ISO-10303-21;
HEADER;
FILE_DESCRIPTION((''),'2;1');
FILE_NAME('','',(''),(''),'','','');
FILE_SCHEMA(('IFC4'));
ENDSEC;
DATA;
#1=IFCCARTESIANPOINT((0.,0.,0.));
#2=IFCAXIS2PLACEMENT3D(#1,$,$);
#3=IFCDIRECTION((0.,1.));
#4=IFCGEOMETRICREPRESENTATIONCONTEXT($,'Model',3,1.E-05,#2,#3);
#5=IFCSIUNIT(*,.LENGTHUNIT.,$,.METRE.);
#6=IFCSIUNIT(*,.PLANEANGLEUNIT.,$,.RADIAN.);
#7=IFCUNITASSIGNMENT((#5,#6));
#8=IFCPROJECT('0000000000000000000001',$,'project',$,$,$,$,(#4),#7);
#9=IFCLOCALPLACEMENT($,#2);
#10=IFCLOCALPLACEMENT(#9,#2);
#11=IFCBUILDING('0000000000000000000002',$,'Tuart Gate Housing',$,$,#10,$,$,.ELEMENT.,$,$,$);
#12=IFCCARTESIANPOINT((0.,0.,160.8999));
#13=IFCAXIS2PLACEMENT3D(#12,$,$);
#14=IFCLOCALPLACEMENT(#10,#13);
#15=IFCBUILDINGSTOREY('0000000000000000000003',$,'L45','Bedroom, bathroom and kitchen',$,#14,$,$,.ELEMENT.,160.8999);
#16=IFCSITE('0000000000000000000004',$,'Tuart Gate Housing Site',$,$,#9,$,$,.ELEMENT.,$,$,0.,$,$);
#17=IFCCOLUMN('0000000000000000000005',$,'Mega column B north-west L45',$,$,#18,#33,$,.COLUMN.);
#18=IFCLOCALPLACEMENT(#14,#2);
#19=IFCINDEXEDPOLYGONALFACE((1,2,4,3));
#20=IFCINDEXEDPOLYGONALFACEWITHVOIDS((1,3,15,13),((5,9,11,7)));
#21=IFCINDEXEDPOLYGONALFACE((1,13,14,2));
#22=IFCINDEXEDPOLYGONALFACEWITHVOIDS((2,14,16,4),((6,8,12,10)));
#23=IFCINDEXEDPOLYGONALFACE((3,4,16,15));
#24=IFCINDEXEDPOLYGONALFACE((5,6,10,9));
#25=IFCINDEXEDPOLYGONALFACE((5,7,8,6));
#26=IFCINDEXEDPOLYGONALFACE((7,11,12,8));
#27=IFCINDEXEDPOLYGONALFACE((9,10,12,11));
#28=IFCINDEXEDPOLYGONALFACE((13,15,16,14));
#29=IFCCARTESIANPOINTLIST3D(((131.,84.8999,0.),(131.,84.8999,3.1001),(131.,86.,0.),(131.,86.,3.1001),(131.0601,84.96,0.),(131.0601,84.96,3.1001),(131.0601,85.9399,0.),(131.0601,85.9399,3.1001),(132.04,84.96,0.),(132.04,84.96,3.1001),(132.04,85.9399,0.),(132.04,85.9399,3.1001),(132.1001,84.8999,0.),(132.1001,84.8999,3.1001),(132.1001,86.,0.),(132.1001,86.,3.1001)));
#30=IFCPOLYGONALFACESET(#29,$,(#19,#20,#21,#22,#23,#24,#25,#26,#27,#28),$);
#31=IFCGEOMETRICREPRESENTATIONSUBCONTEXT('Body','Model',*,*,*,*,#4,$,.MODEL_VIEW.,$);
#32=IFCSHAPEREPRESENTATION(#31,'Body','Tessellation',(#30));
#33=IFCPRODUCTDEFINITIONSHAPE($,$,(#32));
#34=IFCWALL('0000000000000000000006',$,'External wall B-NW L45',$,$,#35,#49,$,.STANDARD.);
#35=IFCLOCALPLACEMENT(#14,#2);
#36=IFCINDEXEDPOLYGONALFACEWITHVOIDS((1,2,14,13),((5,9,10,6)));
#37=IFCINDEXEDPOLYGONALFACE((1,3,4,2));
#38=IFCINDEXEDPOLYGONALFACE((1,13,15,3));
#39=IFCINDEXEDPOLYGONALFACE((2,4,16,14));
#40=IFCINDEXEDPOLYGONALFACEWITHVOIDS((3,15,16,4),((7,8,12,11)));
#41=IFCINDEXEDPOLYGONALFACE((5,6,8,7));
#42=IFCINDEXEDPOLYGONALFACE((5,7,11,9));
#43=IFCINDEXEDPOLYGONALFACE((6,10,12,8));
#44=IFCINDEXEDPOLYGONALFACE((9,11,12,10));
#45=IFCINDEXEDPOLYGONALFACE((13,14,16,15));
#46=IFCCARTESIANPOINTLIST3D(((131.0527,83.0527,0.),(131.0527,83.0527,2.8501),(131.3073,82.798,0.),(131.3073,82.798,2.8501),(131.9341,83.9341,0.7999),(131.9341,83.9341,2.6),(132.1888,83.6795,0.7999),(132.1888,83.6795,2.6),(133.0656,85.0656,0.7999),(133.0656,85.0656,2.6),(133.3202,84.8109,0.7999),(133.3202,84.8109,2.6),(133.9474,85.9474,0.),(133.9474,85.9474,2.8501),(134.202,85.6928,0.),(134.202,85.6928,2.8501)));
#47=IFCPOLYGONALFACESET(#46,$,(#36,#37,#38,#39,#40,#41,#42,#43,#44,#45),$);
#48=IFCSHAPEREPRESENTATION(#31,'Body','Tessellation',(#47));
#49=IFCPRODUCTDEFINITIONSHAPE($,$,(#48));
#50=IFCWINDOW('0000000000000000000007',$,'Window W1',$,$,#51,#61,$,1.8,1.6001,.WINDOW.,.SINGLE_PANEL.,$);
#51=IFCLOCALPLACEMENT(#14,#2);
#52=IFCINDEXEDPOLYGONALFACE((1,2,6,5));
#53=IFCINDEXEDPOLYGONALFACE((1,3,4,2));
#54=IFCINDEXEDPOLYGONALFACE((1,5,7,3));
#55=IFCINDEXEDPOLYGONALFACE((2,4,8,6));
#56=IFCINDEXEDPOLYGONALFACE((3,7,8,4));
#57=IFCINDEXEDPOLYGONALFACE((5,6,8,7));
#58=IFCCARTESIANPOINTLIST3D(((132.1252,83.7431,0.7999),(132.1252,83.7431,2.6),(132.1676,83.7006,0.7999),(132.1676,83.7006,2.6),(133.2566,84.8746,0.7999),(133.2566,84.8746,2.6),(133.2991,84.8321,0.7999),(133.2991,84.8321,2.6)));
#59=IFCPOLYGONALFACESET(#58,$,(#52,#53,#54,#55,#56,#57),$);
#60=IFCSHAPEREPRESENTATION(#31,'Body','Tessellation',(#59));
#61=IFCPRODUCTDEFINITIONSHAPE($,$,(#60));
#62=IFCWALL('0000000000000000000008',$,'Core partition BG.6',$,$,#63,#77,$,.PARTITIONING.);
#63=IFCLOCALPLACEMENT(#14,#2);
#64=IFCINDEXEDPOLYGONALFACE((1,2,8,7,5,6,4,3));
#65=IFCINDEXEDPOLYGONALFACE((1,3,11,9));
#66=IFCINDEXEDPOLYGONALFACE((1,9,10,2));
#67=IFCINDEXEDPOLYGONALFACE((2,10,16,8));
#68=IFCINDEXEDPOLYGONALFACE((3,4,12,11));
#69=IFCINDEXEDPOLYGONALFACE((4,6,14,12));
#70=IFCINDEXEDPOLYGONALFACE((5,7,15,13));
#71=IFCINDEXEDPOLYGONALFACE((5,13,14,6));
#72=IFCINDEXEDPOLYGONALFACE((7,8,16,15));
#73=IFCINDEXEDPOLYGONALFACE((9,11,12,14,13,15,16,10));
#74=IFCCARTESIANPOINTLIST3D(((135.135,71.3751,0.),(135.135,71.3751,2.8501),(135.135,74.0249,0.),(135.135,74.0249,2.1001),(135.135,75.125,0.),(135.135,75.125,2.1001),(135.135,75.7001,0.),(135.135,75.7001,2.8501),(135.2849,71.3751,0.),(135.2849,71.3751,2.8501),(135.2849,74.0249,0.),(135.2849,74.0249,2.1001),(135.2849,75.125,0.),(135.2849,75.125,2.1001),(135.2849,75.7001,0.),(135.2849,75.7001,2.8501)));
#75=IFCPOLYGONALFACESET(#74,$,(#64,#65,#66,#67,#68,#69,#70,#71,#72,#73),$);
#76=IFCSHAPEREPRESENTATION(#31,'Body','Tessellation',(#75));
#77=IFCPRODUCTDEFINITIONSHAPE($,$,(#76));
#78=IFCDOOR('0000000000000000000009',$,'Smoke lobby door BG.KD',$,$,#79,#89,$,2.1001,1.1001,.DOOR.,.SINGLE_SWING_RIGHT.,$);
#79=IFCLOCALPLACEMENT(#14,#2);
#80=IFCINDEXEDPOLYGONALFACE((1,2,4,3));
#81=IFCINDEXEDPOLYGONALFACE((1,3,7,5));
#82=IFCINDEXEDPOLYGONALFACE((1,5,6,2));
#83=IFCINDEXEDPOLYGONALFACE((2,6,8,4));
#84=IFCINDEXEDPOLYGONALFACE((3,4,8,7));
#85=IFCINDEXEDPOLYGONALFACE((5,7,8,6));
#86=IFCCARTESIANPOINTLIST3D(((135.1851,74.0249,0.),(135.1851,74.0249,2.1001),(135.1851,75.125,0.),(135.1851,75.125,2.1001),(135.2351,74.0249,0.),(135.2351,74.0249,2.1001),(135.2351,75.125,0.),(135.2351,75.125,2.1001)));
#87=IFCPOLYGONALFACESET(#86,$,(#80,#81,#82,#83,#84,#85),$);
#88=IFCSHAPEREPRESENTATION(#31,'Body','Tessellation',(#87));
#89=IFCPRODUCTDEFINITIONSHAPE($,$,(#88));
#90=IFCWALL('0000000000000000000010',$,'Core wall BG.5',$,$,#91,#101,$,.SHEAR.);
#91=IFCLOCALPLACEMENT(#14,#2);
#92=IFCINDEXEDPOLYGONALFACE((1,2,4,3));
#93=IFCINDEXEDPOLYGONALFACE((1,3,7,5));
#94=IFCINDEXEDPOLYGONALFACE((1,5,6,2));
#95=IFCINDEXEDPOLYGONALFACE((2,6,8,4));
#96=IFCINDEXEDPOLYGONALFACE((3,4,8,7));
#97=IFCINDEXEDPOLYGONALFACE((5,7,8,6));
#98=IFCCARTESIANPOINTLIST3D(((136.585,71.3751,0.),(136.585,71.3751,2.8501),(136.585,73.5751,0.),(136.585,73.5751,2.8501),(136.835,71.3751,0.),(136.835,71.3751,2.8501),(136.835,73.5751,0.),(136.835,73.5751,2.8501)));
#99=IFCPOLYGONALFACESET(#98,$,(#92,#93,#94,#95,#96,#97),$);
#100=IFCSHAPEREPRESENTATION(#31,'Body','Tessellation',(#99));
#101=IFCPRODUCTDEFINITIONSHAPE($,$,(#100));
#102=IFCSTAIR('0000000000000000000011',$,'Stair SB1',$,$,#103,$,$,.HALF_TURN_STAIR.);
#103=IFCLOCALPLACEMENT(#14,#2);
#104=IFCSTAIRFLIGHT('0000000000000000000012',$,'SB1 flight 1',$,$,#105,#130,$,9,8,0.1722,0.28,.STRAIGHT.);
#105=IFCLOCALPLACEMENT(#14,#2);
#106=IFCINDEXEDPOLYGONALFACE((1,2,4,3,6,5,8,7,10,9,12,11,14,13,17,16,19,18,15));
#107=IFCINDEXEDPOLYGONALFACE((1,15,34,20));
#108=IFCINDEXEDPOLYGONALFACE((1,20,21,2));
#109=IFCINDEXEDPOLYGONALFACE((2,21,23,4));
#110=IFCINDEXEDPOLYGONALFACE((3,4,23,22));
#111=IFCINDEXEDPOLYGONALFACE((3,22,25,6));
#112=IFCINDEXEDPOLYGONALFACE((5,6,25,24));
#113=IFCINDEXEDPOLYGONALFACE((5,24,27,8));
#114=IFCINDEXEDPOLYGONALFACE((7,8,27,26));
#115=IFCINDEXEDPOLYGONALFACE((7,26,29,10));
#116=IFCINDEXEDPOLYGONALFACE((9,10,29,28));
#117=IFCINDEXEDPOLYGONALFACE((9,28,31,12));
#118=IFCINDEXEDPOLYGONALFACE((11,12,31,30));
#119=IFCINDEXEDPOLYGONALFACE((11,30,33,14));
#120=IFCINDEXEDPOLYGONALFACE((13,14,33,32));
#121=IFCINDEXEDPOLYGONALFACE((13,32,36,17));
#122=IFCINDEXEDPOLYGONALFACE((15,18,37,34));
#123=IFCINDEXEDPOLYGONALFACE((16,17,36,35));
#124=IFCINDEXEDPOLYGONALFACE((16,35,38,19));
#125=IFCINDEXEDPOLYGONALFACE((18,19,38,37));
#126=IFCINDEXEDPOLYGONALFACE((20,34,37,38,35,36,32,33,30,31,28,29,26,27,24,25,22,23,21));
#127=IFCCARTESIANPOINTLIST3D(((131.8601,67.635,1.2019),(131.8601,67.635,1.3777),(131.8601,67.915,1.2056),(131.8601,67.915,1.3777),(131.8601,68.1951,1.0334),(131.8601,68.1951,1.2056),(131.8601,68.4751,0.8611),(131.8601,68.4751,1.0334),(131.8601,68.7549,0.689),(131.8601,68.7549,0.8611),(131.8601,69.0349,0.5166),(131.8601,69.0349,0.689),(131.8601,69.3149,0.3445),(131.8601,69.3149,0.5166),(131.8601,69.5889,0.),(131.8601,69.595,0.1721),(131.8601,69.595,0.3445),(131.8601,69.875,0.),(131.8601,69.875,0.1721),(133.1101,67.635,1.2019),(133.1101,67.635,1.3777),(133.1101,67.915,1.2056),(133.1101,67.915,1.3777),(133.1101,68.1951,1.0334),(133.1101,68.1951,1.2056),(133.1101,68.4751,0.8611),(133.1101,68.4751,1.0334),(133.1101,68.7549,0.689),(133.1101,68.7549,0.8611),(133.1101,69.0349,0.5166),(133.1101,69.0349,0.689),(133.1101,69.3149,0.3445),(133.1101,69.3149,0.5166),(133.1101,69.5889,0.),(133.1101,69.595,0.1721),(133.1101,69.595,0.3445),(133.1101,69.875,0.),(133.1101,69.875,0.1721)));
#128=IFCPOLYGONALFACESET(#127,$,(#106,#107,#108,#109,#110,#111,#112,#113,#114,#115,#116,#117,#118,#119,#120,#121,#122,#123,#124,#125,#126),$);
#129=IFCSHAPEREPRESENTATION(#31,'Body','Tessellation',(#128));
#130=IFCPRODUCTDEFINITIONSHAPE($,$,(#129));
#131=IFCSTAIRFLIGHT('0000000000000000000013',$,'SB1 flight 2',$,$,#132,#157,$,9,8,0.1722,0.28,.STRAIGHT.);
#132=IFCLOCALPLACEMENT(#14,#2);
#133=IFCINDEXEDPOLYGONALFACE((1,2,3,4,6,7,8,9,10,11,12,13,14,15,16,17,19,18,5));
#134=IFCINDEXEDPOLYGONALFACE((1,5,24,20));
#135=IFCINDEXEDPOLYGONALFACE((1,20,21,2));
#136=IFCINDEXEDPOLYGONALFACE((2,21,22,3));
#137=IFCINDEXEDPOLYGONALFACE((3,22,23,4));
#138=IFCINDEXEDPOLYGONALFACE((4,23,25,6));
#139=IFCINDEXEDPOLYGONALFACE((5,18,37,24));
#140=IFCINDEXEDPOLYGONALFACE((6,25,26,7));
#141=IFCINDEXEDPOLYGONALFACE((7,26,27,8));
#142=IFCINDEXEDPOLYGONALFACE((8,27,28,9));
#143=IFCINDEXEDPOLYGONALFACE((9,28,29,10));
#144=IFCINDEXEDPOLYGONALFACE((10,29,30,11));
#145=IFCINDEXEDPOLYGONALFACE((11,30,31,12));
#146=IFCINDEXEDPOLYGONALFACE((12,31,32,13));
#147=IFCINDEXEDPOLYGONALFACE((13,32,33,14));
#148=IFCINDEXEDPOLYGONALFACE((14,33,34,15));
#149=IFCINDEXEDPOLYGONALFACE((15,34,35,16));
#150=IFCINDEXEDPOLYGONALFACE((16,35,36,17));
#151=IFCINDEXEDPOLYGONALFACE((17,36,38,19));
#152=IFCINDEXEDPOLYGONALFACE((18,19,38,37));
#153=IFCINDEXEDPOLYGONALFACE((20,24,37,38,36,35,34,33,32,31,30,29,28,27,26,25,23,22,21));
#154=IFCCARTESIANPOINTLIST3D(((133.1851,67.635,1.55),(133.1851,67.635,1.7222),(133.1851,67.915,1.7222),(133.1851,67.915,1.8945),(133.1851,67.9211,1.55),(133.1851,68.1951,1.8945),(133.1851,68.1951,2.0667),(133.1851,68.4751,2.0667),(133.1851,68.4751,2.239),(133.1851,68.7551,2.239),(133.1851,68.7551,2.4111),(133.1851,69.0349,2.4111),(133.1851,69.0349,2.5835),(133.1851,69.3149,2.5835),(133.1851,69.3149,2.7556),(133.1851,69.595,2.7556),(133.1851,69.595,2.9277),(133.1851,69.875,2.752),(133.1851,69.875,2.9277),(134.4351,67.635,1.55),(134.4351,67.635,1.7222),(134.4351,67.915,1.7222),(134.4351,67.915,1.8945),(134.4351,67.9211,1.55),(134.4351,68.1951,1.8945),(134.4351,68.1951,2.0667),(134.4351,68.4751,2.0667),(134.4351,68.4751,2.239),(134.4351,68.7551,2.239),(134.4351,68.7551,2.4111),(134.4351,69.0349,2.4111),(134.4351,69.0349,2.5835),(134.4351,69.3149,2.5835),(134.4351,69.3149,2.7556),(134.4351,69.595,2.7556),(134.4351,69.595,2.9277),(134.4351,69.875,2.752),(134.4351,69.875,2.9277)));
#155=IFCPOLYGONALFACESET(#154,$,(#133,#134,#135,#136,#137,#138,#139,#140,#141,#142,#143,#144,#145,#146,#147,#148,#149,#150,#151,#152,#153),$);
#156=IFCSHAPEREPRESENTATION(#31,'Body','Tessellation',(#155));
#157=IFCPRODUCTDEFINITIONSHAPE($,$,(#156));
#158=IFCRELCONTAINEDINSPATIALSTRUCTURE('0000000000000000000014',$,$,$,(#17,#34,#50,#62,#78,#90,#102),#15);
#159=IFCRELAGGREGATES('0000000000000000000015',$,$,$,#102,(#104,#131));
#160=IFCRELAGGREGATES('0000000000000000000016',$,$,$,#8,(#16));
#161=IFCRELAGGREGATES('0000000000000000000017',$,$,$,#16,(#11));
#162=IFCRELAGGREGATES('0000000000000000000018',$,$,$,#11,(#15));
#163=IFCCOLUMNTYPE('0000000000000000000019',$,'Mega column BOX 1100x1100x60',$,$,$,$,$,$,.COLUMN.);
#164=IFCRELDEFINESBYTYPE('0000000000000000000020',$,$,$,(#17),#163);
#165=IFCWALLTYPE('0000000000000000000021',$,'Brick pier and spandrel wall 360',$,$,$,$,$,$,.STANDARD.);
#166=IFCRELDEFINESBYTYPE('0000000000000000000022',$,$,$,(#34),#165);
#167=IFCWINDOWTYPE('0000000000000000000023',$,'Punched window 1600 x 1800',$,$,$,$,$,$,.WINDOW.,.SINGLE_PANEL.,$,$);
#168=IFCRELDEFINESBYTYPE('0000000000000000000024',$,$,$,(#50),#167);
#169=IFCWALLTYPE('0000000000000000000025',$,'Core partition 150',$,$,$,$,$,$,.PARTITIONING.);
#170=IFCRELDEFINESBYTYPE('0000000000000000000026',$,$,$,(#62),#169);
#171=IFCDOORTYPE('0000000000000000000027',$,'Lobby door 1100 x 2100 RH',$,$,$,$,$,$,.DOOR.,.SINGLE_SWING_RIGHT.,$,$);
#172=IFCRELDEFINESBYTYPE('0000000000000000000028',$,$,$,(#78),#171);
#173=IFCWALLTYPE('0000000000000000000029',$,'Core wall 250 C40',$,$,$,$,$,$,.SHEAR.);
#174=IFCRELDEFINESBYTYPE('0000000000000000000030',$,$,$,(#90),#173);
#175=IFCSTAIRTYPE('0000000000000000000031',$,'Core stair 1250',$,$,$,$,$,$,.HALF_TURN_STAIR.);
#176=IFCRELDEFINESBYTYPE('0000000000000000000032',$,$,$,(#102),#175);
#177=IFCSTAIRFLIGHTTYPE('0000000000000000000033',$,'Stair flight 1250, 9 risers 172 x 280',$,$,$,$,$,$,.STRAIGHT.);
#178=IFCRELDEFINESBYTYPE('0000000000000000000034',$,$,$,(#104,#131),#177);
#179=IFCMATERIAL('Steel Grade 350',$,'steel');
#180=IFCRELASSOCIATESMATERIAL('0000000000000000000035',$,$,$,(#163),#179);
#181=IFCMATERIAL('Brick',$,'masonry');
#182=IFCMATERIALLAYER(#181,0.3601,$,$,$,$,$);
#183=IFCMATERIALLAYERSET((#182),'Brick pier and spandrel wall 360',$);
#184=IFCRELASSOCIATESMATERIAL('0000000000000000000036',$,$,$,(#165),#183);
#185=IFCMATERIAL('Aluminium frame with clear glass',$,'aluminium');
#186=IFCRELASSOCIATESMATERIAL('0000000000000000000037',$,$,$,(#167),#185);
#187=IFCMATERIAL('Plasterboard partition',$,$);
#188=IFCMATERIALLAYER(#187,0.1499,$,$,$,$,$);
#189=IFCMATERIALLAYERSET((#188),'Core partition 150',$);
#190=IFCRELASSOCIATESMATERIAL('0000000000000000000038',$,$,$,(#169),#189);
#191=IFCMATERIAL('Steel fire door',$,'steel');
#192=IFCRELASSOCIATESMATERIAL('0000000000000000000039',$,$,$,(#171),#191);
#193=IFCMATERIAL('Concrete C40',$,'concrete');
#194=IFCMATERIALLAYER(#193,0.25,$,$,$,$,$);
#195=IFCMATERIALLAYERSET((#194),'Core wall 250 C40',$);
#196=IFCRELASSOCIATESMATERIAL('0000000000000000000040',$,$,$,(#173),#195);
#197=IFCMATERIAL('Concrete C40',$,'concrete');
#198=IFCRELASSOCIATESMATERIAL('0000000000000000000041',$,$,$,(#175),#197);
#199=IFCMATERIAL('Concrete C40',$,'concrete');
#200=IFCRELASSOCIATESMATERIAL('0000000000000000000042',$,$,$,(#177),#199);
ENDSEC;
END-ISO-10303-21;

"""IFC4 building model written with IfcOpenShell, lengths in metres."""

from ifc_helpers import new_model, si_unit, direction, frame, frame_2d, origin, origin_2d, place, context, subcontext, project, spatial, polyline, rectangle, hollow_rectangle, outline, extrude, material, layer, layer_set, material_profile, profile_set, type_object, element, fill, aggregate, save


model = new_model("IFC4")

# Units and contexts
model_context = context("Model", 3, precision=1e-05, world=origin(), true_north=direction((0.0, 1.0)))
body_context = subcontext(model_context, "Body", "Model", "MODEL_VIEW")
ifc_project = project(units=[si_unit("LENGTHUNIT", "METRE"), si_unit("PLANEANGLEUNIT", "RADIAN")], contexts=[model_context])

# Site, building, storey
site_placement = place(None, origin())
site = spatial("IfcSite", under=ifc_project, at=site_placement, Name="Tuart Gate Housing Site", CompositionType="ELEMENT", RefElevation=0.0)
building_placement = place(site_placement, origin())
building = spatial("IfcBuilding", under=site, at=building_placement, Name="Tuart Gate Housing", CompositionType="ELEMENT")
storey_placement = place(building_placement, frame((0.0, 0.0, 160.8999)))
storey = spatial("IfcBuildingStorey", under=building, at=storey_placement, Name="L45", Description="Bedroom, bathroom and kitchen", CompositionType="ELEMENT", Elevation=160.8999)

# Column
ifc_material_1 = material(Name="Steel Grade 350", Category="steel")
ifc_material_profile = material_profile(ifc_material_1, hollow_rectangle(XDim=1.1001, YDim=1.1001, WallThickness=0.0601, at=origin_2d()), Name="BOX 1100x1100x60")
ifc_profile_set = profile_set([ifc_material_profile], Name="Steel Grade 350")
column_type = type_object("IfcColumnType", Name="Mega column BOX 1100x1100x60", PredefinedType="COLUMN", material=ifc_profile_set)
column_placement = place(storey_placement, frame((131.55, 85.45, 0.0), z_axis=(0.0, 0.0, 1.0), x_axis=(1.0, 0.0, 0.0)))
element("IfcColumn", 1, at=column_placement, inside=storey, type_object=column_type, Name="Mega column B north-west L45", PredefinedType="COLUMN", context=body_context, shape_type="SweptSolid", body=[
    extrude(hollow_rectangle(XDim=1.1001, YDim=1.1001, WallThickness=0.0601, at=origin_2d()), origin(), (0.0, 0.0, 1.0), 3.1001),
])

# Wall, opening, window
ifc_material_2 = material(Name="Brick", Category="masonry")
ifc_layer_1 = layer(ifc_material_2, 0.3601)
ifc_layer_set_1 = layer_set([ifc_layer_1], Name="Brick pier and spandrel wall 360")
wall_type_1 = type_object("IfcWallType", Name="Brick pier and spandrel wall 360", PredefinedType="STANDARD", material=ifc_layer_set_1)
wall_1_placement = place(storey_placement, frame((134.0747, 85.8201, 0.0), z_axis=(0.0, 0.0, 1.0), x_axis=(-0.707107, -0.707107, 0.0)))
wall_1 = element("IfcWall", 2, at=wall_1_placement, inside=storey, type_object=wall_type_1, Name="External wall B-NW L45", PredefinedType="STANDARD", context=body_context, shape_type="SweptSolid", body=[
    extrude(rectangle(XDim=4.0938, YDim=0.3601, at=frame_2d((2.0469, 0.0))), origin(), (0.0, 0.0, 1.0), 2.8501),
])
opening_1_placement = place(wall_1_placement, frame((1.2471, 0.0, 0.8)))
opening_1 = element("IfcOpeningElement", 3, at=opening_1_placement, cuts=wall_1, PredefinedType="OPENING", context=body_context, shape_type="SweptSolid", body=[
    extrude(rectangle(XDim=1.6001, YDim=1.8, at=frame_2d((0.8, 0.8999))), frame((0.0, 0.1899, 0.0), z_axis=(0.0, -1.0, 0.0), x_axis=(1.0, 0.0, 0.0)), (0.0, 0.0, 1.0), 0.3801),
])
ifc_material_3 = material(Name="Aluminium frame with clear glass", Category="aluminium")
window_type = type_object("IfcWindowType", Name="Punched window 1600 x 1800", PartitioningType="SINGLE_PANEL", PredefinedType="WINDOW", material=ifc_material_3)
window_placement = place(opening_1_placement, origin())
window = element("IfcWindow", 4, at=window_placement, inside=storey, type_object=window_type, Name="Window W1", OverallHeight=1.8, OverallWidth=1.6001, PartitioningType="SINGLE_PANEL", PredefinedType="WINDOW", context=body_context, shape_type="SweptSolid", body=[
    extrude(rectangle(XDim=1.6001, YDim=1.8, at=frame_2d((0.8, 0.8999))), frame((0.0, 0.1501, 0.0), z_axis=(0.0, -1.0, 0.0), x_axis=(1.0, 0.0, 0.0)), (0.0, 0.0, 1.0), 0.0601),
])
fill(opening_1, window)

# Wall, opening, door
ifc_material_4 = material(Name="Plasterboard partition")
ifc_layer_2 = layer(ifc_material_4, 0.1499)
ifc_layer_set_2 = layer_set([ifc_layer_2], Name="Core partition 150")
wall_type_2 = type_object("IfcWallType", Name="Core partition 150", PredefinedType="PARTITIONING", material=ifc_layer_set_2)
wall_2_placement = place(storey_placement, frame((135.21, 71.375, 0.0), z_axis=(0.0, 0.0, 1.0), x_axis=(0.0, 1.0, 0.0)))
wall_2 = element("IfcWall", 5, at=wall_2_placement, inside=storey, type_object=wall_type_2, Name="Core partition BG.6", PredefinedType="PARTITIONING", context=body_context, shape_type="SweptSolid", body=[
    extrude(rectangle(XDim=4.325, YDim=0.1499, at=frame_2d((2.1626, 0.0))), origin(), (0.0, 0.0, 1.0), 2.8501),
])
opening_2_placement = place(wall_2_placement, frame((2.6499, 0.0, 0.0)))
opening_2 = element("IfcOpeningElement", 6, at=opening_2_placement, cuts=wall_2, PredefinedType="OPENING", context=body_context, shape_type="SweptSolid", body=[
    extrude(rectangle(XDim=1.1001, YDim=2.1001, at=frame_2d((0.55, 1.05))), frame((0.0, 0.085, 0.0), z_axis=(0.0, -1.0, 0.0), x_axis=(1.0, 0.0, 0.0)), (0.0, 0.0, 1.0), 0.1699),
])
ifc_material_5 = material(Name="Steel fire door", Category="steel")
door_type = type_object("IfcDoorType", Name="Lobby door 1100 x 2100 RH", OperationType="SINGLE_SWING_RIGHT", PredefinedType="DOOR", material=ifc_material_5)
door_placement = place(opening_2_placement, origin())
door = element("IfcDoor", 7, at=door_placement, inside=storey, type_object=door_type, Name="Smoke lobby door BG.KD", OperationType="SINGLE_SWING_RIGHT", OverallHeight=2.1001, OverallWidth=1.1001, PredefinedType="DOOR", context=body_context, shape_type="SweptSolid", body=[
    extrude(rectangle(XDim=1.1001, YDim=2.1001, at=frame_2d((0.55, 1.05))), frame((0.0, 0.0249, 0.0), z_axis=(0.0, -1.0, 0.0), x_axis=(1.0, 0.0, 0.0)), (0.0, 0.0, 1.0), 0.05),
])
fill(opening_2, door)

# Wall
ifc_material_6 = material(Name="Concrete C40", Category="concrete")
ifc_layer_3 = layer(ifc_material_6, 0.25)
ifc_layer_set_3 = layer_set([ifc_layer_3], Name="Core wall 250 C40")
wall_type_3 = type_object("IfcWallType", Name="Core wall 250 C40", PredefinedType="SHEAR", material=ifc_layer_set_3)
wall_3_placement = place(storey_placement, frame((136.71, 71.375, 0.0), z_axis=(0.0, 0.0, 1.0), x_axis=(0.0, 1.0, 0.0)))
element("IfcWall", 8, at=wall_3_placement, inside=storey, type_object=wall_type_3, Name="Core wall BG.5", PredefinedType="SHEAR", context=body_context, shape_type="SweptSolid", body=[
    extrude(rectangle(XDim=2.2, YDim=0.25, at=frame_2d((1.1001, 0.0))), origin(), (0.0, 0.0, 1.0), 2.8501),
])

# Stair, stair flights
ifc_material_7 = material(Name="Concrete C40", Category="concrete")
stair_type = type_object("IfcStairType", Name="Core stair 1250", PredefinedType="HALF_TURN_STAIR", material=ifc_material_7)
stair_placement = place(storey_placement, origin())
stair = element("IfcStair", 9, at=stair_placement, inside=storey, type_object=stair_type, Name="Stair SB1", PredefinedType="HALF_TURN_STAIR")
ifc_material_8 = material(Name="Concrete C40", Category="concrete")
stair_flight_type = type_object("IfcStairFlightType", Name="Stair flight 1250, 9 risers 172 x 280", PredefinedType="STRAIGHT", material=ifc_material_8)
stair_flight_1_placement = place(storey_placement, frame((132.4851, 69.875, 0.0), z_axis=(0.0, 0.0, 1.0), x_axis=(0.0, -1.0, 0.0)))
stair_flight_1 = element("IfcStairFlight", 10, at=stair_flight_1_placement, type_object=stair_flight_type, Name="SB1 flight 1", NumberOfRisers=9, NumberOfTreads=8, PredefinedType="STRAIGHT", RiserHeight=0.1722, TreadLength=0.28, context=body_context, shape_type="SweptSolid", body=[
    extrude(outline(polyline([(0.0, 0.0), (0.0, 0.1721), (0.28, 0.1721), (0.28, 0.3445), (0.5601, 0.3445), (0.5601, 0.5166), (0.8401, 0.5166), (0.8401, 0.689), (1.1201, 0.689), (1.1201, 0.8611), (1.3999, 0.8611), (1.3999, 1.0334), (1.6799, 1.0334), (1.6799, 1.2056), (1.96, 1.2056), (1.96, 1.3777), (2.24, 1.3777), (2.24, 1.55), (2.24, 1.2019), (0.2861, 0.0), (0.0, 0.0)])), frame((0.0, 0.625, 0.0), z_axis=(0.0, -1.0, 0.0), x_axis=(1.0, 0.0, 0.0)), (0.0, 0.0, 1.0), 1.25),
])
stair_flight_2_placement = place(storey_placement, frame((133.8101, 67.635, 1.55), z_axis=(0.0, 0.0, 1.0), x_axis=(0.0, 1.0, 0.0)))
stair_flight_2 = element("IfcStairFlight", 11, at=stair_flight_2_placement, type_object=stair_flight_type, Name="SB1 flight 2", NumberOfRisers=9, NumberOfTreads=8, PredefinedType="STRAIGHT", RiserHeight=0.1722, TreadLength=0.28, context=body_context, shape_type="SweptSolid", body=[
    extrude(outline(polyline([(0.0, 0.0), (0.0, 0.1721), (0.28, 0.1721), (0.28, 0.3445), (0.5601, 0.3445), (0.5601, 0.5166), (0.8401, 0.5166), (0.8401, 0.689), (1.1201, 0.689), (1.1201, 0.8611), (1.3999, 0.8611), (1.3999, 1.0334), (1.6799, 1.0334), (1.6799, 1.2056), (1.96, 1.2056), (1.96, 1.3777), (2.24, 1.3777), (2.24, 1.55), (2.24, 1.2019), (0.2861, 0.0), (0.0, 0.0)])), frame((0.0, 0.625, 0.0), z_axis=(0.0, -1.0, 0.0), x_axis=(1.0, 0.0, 0.0)), (0.0, 0.0, 1.0), 1.25),
])
aggregate(stair, [stair_flight_1, stair_flight_2])

save(model, "model.ifc")
